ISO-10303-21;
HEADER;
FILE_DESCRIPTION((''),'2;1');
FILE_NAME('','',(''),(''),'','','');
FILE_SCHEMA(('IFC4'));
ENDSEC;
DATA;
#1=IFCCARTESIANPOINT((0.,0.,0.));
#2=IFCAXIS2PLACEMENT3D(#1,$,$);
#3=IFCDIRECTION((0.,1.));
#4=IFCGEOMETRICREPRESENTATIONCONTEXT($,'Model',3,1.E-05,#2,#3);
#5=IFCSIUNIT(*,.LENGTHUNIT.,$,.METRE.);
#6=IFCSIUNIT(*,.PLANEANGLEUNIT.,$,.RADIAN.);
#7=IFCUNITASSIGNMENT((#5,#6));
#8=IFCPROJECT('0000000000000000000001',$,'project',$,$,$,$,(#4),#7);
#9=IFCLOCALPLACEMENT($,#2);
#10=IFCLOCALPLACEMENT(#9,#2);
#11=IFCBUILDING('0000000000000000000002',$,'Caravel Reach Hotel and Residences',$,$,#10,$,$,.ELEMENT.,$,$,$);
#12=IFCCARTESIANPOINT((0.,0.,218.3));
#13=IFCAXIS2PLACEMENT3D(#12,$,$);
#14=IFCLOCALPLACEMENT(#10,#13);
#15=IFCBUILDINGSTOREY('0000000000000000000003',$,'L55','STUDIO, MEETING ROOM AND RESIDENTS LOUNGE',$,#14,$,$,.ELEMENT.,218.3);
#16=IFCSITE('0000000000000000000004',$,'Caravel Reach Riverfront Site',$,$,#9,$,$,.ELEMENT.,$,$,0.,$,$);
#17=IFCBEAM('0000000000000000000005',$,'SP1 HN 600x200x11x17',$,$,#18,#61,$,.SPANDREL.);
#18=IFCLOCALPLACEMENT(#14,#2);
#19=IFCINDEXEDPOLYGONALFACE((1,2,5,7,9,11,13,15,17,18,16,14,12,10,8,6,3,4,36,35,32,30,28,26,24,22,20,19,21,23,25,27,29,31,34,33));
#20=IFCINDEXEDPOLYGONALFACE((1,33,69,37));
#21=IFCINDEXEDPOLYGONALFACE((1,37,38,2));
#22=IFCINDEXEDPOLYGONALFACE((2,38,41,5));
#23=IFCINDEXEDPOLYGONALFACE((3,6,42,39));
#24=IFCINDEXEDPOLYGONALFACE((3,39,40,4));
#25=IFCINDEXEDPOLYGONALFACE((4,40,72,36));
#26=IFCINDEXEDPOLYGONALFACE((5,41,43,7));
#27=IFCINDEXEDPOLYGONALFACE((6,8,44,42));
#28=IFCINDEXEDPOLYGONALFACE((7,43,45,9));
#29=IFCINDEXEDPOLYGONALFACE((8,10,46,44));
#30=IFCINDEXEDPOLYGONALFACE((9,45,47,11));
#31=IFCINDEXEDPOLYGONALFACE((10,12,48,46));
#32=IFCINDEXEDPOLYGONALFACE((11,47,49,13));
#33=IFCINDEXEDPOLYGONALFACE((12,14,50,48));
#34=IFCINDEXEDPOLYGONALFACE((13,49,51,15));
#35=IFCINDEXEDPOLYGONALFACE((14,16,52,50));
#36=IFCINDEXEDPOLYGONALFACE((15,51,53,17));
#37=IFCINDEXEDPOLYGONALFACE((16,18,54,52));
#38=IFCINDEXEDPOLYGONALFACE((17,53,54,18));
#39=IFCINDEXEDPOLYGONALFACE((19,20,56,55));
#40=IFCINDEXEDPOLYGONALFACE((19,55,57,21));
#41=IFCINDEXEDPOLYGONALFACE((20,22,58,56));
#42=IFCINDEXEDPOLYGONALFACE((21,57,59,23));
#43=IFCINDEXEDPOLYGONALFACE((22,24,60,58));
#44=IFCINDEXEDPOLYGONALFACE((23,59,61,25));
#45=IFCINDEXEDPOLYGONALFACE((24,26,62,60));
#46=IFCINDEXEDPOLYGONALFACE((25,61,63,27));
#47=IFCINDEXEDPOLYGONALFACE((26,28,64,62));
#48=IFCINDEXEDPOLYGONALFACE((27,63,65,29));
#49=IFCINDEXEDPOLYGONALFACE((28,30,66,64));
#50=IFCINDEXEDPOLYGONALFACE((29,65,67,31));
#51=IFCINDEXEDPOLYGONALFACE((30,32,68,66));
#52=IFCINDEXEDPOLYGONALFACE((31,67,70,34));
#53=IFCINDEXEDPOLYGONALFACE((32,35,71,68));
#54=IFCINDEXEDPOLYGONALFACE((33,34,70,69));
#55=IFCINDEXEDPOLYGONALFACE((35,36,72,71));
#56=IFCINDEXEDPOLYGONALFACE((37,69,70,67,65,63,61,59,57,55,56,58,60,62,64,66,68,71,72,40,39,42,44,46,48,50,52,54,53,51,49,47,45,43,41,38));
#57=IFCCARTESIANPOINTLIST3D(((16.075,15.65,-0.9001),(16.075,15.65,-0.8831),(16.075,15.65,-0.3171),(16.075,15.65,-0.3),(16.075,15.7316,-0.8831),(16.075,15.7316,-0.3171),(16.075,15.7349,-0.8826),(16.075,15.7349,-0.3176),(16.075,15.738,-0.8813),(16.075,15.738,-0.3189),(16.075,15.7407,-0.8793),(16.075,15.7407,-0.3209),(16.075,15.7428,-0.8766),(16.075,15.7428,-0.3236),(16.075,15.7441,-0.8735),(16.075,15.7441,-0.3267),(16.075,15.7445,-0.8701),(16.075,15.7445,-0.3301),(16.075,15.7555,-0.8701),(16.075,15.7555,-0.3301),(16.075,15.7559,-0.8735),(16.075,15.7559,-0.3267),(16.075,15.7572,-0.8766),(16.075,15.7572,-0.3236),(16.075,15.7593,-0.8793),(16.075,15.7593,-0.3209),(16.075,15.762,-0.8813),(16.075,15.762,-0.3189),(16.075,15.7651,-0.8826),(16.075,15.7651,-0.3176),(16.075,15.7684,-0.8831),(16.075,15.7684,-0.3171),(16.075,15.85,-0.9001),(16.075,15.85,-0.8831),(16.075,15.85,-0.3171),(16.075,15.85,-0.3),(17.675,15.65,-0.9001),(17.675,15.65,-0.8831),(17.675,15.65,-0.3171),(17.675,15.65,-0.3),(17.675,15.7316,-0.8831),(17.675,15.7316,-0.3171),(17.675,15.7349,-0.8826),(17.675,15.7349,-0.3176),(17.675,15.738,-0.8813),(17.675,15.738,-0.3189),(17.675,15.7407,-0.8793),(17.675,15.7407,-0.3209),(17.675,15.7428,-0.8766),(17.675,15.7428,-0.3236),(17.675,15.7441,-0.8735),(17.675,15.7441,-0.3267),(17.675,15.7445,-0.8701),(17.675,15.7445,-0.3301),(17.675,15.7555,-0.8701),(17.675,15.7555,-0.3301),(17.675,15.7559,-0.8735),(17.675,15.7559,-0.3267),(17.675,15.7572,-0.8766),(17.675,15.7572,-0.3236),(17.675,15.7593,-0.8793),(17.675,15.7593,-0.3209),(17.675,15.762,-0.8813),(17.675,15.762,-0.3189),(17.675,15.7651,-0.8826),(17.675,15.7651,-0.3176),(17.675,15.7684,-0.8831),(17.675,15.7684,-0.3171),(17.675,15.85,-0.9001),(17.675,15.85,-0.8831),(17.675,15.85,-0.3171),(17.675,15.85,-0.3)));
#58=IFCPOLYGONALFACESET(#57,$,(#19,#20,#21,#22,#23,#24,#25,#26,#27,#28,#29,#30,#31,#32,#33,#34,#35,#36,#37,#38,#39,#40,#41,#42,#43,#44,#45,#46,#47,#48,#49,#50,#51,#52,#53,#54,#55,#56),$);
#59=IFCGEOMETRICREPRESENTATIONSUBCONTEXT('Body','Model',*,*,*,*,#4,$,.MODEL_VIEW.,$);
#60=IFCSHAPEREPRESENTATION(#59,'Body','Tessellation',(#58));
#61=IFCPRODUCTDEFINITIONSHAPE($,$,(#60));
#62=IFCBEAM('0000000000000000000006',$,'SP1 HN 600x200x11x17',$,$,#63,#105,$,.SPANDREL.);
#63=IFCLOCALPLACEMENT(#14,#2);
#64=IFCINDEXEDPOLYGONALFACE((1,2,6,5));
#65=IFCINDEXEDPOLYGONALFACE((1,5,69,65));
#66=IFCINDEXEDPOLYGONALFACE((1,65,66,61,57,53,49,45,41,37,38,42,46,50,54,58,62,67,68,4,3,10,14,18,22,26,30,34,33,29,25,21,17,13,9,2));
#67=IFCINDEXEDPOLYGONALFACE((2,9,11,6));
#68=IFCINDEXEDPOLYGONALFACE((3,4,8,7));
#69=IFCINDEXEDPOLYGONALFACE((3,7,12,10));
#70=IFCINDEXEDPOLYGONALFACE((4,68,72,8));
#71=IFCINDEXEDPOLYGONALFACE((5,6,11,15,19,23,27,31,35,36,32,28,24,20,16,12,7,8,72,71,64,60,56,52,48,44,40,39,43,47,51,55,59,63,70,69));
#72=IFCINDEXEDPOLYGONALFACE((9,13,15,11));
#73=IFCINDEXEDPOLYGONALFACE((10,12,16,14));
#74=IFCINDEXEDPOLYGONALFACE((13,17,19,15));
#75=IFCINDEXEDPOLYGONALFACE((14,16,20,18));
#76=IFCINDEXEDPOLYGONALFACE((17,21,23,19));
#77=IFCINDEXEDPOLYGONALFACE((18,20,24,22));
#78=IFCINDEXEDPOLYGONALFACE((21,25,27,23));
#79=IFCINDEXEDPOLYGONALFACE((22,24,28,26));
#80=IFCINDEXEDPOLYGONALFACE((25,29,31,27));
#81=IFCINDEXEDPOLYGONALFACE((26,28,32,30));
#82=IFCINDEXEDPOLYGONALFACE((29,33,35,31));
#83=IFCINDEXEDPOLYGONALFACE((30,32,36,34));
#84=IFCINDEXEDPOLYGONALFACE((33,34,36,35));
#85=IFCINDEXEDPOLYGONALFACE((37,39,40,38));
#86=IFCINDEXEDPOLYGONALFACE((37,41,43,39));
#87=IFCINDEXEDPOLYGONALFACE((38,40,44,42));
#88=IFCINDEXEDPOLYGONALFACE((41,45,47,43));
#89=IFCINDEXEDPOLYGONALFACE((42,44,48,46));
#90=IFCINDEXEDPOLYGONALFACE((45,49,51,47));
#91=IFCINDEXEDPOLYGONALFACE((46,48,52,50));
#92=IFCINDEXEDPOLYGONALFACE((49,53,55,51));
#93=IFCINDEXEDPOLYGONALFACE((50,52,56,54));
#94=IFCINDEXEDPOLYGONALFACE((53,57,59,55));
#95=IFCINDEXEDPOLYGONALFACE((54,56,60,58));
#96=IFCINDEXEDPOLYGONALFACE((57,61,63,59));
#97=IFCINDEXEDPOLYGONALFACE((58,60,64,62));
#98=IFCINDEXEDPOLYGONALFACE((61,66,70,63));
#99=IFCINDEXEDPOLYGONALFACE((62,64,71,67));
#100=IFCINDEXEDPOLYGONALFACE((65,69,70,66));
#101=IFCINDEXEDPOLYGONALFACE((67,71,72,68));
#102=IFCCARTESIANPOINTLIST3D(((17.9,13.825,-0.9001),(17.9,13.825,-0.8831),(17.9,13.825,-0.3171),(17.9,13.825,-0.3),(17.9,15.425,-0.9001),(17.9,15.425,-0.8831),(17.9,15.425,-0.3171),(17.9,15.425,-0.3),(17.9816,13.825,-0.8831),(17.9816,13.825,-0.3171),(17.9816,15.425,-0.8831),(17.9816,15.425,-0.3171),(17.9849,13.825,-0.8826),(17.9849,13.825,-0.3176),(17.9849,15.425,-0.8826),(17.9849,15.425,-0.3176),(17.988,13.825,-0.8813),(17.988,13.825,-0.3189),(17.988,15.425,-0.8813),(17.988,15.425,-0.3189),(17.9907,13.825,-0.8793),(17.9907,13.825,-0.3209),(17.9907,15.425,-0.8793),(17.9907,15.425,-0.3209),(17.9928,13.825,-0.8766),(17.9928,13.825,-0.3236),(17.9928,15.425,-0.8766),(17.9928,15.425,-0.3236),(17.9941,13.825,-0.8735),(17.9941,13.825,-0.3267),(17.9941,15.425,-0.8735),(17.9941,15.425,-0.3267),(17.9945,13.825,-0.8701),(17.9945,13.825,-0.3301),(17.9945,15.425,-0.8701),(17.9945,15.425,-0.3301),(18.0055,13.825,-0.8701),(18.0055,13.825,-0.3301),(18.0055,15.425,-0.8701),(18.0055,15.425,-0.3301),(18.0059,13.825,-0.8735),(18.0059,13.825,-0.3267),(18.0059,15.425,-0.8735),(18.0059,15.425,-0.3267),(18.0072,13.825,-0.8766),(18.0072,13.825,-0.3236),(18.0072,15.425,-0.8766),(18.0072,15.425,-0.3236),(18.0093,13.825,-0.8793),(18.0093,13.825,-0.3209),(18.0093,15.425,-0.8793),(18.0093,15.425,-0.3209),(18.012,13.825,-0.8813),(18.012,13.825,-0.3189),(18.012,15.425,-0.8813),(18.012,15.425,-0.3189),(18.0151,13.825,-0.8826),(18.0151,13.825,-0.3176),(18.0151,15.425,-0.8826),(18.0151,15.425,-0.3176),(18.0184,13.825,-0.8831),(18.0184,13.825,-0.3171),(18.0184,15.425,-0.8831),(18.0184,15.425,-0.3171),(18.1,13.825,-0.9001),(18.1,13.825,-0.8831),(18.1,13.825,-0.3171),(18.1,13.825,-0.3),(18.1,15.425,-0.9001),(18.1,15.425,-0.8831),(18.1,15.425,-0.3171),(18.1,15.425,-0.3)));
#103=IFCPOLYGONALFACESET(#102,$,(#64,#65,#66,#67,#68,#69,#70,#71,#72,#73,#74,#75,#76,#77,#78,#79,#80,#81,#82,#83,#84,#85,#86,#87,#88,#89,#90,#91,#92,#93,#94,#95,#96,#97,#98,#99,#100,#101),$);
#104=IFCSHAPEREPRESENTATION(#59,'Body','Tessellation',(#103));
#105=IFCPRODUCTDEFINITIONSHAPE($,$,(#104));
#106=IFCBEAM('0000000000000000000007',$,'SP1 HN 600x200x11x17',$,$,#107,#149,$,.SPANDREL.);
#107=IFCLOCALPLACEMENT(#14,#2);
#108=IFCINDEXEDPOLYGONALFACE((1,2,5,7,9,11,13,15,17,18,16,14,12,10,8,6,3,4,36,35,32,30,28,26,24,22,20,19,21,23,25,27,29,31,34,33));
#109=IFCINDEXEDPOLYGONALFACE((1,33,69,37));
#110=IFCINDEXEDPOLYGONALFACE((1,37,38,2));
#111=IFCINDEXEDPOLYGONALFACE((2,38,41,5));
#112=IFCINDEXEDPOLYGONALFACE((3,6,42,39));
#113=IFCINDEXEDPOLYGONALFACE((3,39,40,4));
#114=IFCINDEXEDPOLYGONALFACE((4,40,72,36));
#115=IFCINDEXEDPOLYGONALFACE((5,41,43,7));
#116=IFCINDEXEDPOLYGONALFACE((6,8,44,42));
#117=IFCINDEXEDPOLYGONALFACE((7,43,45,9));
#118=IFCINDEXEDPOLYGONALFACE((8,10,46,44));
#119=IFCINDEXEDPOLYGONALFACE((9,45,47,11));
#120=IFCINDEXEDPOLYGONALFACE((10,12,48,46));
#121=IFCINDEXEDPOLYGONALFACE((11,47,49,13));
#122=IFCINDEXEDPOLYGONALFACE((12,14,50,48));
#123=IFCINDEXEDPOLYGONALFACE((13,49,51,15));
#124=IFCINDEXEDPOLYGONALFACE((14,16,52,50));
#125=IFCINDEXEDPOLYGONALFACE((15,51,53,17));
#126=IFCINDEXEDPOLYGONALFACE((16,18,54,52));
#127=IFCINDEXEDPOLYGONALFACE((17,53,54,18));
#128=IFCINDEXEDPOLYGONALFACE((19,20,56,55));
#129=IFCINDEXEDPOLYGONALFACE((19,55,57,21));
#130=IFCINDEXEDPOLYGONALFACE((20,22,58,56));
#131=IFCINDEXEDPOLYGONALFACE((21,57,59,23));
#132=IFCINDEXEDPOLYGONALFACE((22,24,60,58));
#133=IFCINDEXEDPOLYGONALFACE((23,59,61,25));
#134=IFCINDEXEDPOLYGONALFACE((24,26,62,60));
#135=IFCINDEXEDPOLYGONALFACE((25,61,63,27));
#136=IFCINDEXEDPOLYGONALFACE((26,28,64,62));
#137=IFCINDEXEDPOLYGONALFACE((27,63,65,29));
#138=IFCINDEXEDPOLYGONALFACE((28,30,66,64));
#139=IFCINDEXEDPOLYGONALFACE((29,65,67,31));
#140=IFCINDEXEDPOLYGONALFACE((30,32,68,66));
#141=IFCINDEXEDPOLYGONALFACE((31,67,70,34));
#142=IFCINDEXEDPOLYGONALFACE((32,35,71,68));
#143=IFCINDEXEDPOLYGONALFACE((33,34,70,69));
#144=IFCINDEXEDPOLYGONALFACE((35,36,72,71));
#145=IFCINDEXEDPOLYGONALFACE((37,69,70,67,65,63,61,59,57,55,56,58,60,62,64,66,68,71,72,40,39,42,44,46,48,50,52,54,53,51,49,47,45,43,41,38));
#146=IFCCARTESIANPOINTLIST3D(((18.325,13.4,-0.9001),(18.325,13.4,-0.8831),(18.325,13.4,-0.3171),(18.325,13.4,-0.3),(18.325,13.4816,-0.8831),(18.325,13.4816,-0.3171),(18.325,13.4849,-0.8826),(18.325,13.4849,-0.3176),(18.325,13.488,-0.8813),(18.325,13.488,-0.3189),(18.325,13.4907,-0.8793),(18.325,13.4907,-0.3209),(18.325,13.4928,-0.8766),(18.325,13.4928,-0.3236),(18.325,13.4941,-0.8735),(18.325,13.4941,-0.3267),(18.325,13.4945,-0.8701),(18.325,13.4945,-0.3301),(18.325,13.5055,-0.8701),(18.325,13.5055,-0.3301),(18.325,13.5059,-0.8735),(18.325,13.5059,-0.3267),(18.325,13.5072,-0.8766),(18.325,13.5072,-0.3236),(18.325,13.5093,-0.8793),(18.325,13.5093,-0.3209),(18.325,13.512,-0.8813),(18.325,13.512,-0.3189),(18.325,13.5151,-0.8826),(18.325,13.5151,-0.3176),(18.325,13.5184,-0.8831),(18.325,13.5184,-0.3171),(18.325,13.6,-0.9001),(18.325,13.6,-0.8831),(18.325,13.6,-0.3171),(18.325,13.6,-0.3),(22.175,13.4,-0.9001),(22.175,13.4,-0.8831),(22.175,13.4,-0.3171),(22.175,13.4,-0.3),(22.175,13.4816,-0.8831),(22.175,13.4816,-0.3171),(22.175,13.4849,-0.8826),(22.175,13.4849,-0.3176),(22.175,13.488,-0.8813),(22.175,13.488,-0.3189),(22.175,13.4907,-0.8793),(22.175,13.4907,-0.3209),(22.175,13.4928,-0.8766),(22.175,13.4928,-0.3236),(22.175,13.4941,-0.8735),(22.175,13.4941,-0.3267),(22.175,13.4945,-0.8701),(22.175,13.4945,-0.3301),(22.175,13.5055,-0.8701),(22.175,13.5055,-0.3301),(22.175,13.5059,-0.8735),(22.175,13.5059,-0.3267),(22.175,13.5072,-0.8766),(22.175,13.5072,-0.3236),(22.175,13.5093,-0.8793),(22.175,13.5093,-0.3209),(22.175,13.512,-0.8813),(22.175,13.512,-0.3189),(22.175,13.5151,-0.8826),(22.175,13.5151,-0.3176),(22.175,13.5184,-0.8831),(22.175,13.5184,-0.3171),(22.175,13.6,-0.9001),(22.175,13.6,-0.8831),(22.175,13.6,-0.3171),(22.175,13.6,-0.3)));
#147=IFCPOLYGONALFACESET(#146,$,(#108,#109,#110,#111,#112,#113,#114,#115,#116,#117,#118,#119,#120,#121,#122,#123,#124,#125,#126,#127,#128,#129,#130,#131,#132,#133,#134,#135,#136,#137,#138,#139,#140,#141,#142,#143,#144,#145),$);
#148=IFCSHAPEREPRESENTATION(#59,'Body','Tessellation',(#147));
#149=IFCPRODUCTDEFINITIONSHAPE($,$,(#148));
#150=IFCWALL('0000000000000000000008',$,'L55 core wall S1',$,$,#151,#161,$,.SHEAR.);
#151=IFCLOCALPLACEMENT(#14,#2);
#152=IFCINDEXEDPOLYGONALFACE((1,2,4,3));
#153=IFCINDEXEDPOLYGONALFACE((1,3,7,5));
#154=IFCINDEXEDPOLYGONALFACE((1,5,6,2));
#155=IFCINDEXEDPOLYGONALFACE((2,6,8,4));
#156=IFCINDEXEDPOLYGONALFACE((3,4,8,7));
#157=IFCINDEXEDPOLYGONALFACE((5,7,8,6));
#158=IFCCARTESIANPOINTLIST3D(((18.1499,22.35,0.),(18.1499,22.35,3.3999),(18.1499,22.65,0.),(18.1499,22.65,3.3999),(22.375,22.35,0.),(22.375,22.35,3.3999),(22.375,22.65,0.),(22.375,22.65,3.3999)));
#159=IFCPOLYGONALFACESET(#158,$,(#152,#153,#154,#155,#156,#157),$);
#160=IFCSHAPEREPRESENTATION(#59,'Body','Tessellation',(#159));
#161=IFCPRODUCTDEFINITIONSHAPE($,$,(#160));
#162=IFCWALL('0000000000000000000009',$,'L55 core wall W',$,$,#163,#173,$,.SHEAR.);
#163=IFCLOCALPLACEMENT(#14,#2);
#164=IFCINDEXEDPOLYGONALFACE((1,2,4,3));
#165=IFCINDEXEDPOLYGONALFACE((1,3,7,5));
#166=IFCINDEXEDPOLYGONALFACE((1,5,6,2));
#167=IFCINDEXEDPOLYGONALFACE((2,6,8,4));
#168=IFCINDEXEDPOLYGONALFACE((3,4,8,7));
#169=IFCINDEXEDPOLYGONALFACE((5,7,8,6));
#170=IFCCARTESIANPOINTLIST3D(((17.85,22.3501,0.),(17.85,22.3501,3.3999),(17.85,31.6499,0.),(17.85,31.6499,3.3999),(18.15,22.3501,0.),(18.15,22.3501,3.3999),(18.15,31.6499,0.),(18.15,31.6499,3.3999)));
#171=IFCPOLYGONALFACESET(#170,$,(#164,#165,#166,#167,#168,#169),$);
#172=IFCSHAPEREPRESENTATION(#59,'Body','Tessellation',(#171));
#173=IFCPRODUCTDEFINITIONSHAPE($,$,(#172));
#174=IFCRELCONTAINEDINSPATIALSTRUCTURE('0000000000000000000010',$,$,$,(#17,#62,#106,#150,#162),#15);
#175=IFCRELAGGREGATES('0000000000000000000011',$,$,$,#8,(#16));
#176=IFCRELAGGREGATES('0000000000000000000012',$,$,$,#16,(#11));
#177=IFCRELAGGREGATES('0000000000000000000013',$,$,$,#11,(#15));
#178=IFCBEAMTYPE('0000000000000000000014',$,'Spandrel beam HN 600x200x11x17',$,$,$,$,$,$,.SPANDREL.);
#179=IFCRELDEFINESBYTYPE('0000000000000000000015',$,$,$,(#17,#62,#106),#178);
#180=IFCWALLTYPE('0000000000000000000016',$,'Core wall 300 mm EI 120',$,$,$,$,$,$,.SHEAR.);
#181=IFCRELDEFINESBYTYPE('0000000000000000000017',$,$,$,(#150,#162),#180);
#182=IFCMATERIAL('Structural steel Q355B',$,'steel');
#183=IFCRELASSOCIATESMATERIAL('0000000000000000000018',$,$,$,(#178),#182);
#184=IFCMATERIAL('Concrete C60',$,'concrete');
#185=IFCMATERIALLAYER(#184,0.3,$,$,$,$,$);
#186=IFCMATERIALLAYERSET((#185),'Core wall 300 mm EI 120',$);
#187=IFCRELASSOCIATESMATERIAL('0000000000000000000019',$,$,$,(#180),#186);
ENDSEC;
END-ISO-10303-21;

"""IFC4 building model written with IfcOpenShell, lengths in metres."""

from ifc_helpers import new_model, si_unit, direction, frame, frame_2d, origin, origin_2d, place, context, subcontext, project, spatial, rectangle, i_section, extrude, material, layer, layer_set, material_profile, profile_set, type_object, element, save


model = new_model("IFC4")

# Units and contexts
model_context = context("Model", 3, precision=1e-05, world=origin(), true_north=direction((0.0, 1.0)))
body_context = subcontext(model_context, "Body", "Model", "MODEL_VIEW")
ifc_project = project(units=[si_unit("LENGTHUNIT", "METRE"), si_unit("PLANEANGLEUNIT", "RADIAN")], contexts=[model_context])

# Site, building, storey
site_placement = place(None, origin())
site = spatial("IfcSite", under=ifc_project, at=site_placement, Name="Caravel Reach Riverfront Site", CompositionType="ELEMENT", RefElevation=0.0)
building_placement = place(site_placement, origin())
building = spatial("IfcBuilding", under=site, at=building_placement, Name="Caravel Reach Hotel and Residences", CompositionType="ELEMENT")
storey_placement = place(building_placement, frame((0.0, 0.0, 218.3)))
storey = spatial("IfcBuildingStorey", under=building, at=storey_placement, Name="L55", Description="STUDIO, MEETING ROOM AND RESIDENTS LOUNGE", CompositionType="ELEMENT", Elevation=218.3)

# Beams
ifc_material_1 = material(Name="Structural steel Q355B", Category="steel")
ifc_material_profile_1 = material_profile(ifc_material_1, i_section(OverallWidth=0.2, OverallDepth=0.6001, WebThickness=0.011, FlangeThickness=0.0171, FilletRadius=0.0129, at=origin_2d()), Name="HN 600x200x11x17")
ifc_profile_set_1 = profile_set([ifc_material_profile_1], Name="Structural steel Q355B")
beam_type_1 = type_object("IfcBeamType", Name="Spandrel beam HN 600x200x11x17", PredefinedType="SPANDREL", material=ifc_profile_set_1)
for number, where, z_axis, x_axis, name in (
    (1, (16.075, 15.75, -0.6001), (1.0, 0.0, 0.0), (0.0, 1.0, 0.0), "SP1 HN 600x200x11x17"),
    (2, (18.0, 15.425, -0.6001), (0.0, -1.0, 0.0), (1.0, 0.0, 0.0), "SP1 HN 600x200x11x17"),
):
    element("IfcBeam", number, at=place(storey_placement, frame(where, z_axis=z_axis, x_axis=x_axis)), inside=storey, type_object=beam_type_1, Name=name, PredefinedType="SPANDREL", context=body_context, shape_type="SweptSolid", body=[
        extrude(i_section(OverallWidth=0.2, OverallDepth=0.6001, WebThickness=0.011, FlangeThickness=0.0171, FilletRadius=0.0129, at=origin_2d()), origin(), (0.0, 0.0, 1.0), 1.6001),
    ])
beam_1_placement = place(storey_placement, frame((18.325, 13.5, -0.6001), z_axis=(1.0, 0.0, 0.0), x_axis=(0.0, 1.0, 0.0)))
element("IfcBeam", 3, at=beam_1_placement, inside=storey, type_object=beam_type_1, Name="SP1 HN 600x200x11x17", PredefinedType="SPANDREL", context=body_context, shape_type="SweptSolid", body=[
    extrude(i_section(OverallWidth=0.2, OverallDepth=0.6001, WebThickness=0.011, FlangeThickness=0.0171, FilletRadius=0.0129, at=origin_2d()), origin(), (0.0, 0.0, 1.0), 3.8501),
])

# Walls
ifc_material_2 = material(Name="Concrete C60", Category="concrete")
ifc_layer_1 = layer(ifc_material_2, 0.3)
ifc_layer_set_1 = layer_set([ifc_layer_1], Name="Core wall 300 mm EI 120")
wall_type_1 = type_object("IfcWallType", Name="Core wall 300 mm EI 120", PredefinedType="SHEAR", material=ifc_layer_set_1)
wall_1_placement = place(storey_placement, frame((18.1499, 22.5, 0.0), z_axis=(0.0, 0.0, 1.0), x_axis=(1.0, 0.0, 0.0)))
element("IfcWall", 4, at=wall_1_placement, inside=storey, type_object=wall_type_1, Name="L55 core wall S1", PredefinedType="SHEAR", context=body_context, shape_type="SweptSolid", body=[
    extrude(rectangle(XDim=4.2251, YDim=0.3, at=frame_2d((2.1125, 0.0))), origin(), (0.0, 0.0, 1.0), 3.3999),
])
wall_2_placement = place(storey_placement, frame((18.0, 22.3501, 0.0), z_axis=(0.0, 0.0, 1.0), x_axis=(0.0, 1.0, 0.0)))
element("IfcWall", 5, at=wall_2_placement, inside=storey, type_object=wall_type_1, Name="L55 core wall W", PredefinedType="SHEAR", context=body_context, shape_type="SweptSolid", body=[
    extrude(rectangle(XDim=9.2998, YDim=0.3, at=frame_2d((4.6499, 0.0))), origin(), (0.0, 0.0, 1.0), 3.3999),
])

save(model, "model.ifc")
